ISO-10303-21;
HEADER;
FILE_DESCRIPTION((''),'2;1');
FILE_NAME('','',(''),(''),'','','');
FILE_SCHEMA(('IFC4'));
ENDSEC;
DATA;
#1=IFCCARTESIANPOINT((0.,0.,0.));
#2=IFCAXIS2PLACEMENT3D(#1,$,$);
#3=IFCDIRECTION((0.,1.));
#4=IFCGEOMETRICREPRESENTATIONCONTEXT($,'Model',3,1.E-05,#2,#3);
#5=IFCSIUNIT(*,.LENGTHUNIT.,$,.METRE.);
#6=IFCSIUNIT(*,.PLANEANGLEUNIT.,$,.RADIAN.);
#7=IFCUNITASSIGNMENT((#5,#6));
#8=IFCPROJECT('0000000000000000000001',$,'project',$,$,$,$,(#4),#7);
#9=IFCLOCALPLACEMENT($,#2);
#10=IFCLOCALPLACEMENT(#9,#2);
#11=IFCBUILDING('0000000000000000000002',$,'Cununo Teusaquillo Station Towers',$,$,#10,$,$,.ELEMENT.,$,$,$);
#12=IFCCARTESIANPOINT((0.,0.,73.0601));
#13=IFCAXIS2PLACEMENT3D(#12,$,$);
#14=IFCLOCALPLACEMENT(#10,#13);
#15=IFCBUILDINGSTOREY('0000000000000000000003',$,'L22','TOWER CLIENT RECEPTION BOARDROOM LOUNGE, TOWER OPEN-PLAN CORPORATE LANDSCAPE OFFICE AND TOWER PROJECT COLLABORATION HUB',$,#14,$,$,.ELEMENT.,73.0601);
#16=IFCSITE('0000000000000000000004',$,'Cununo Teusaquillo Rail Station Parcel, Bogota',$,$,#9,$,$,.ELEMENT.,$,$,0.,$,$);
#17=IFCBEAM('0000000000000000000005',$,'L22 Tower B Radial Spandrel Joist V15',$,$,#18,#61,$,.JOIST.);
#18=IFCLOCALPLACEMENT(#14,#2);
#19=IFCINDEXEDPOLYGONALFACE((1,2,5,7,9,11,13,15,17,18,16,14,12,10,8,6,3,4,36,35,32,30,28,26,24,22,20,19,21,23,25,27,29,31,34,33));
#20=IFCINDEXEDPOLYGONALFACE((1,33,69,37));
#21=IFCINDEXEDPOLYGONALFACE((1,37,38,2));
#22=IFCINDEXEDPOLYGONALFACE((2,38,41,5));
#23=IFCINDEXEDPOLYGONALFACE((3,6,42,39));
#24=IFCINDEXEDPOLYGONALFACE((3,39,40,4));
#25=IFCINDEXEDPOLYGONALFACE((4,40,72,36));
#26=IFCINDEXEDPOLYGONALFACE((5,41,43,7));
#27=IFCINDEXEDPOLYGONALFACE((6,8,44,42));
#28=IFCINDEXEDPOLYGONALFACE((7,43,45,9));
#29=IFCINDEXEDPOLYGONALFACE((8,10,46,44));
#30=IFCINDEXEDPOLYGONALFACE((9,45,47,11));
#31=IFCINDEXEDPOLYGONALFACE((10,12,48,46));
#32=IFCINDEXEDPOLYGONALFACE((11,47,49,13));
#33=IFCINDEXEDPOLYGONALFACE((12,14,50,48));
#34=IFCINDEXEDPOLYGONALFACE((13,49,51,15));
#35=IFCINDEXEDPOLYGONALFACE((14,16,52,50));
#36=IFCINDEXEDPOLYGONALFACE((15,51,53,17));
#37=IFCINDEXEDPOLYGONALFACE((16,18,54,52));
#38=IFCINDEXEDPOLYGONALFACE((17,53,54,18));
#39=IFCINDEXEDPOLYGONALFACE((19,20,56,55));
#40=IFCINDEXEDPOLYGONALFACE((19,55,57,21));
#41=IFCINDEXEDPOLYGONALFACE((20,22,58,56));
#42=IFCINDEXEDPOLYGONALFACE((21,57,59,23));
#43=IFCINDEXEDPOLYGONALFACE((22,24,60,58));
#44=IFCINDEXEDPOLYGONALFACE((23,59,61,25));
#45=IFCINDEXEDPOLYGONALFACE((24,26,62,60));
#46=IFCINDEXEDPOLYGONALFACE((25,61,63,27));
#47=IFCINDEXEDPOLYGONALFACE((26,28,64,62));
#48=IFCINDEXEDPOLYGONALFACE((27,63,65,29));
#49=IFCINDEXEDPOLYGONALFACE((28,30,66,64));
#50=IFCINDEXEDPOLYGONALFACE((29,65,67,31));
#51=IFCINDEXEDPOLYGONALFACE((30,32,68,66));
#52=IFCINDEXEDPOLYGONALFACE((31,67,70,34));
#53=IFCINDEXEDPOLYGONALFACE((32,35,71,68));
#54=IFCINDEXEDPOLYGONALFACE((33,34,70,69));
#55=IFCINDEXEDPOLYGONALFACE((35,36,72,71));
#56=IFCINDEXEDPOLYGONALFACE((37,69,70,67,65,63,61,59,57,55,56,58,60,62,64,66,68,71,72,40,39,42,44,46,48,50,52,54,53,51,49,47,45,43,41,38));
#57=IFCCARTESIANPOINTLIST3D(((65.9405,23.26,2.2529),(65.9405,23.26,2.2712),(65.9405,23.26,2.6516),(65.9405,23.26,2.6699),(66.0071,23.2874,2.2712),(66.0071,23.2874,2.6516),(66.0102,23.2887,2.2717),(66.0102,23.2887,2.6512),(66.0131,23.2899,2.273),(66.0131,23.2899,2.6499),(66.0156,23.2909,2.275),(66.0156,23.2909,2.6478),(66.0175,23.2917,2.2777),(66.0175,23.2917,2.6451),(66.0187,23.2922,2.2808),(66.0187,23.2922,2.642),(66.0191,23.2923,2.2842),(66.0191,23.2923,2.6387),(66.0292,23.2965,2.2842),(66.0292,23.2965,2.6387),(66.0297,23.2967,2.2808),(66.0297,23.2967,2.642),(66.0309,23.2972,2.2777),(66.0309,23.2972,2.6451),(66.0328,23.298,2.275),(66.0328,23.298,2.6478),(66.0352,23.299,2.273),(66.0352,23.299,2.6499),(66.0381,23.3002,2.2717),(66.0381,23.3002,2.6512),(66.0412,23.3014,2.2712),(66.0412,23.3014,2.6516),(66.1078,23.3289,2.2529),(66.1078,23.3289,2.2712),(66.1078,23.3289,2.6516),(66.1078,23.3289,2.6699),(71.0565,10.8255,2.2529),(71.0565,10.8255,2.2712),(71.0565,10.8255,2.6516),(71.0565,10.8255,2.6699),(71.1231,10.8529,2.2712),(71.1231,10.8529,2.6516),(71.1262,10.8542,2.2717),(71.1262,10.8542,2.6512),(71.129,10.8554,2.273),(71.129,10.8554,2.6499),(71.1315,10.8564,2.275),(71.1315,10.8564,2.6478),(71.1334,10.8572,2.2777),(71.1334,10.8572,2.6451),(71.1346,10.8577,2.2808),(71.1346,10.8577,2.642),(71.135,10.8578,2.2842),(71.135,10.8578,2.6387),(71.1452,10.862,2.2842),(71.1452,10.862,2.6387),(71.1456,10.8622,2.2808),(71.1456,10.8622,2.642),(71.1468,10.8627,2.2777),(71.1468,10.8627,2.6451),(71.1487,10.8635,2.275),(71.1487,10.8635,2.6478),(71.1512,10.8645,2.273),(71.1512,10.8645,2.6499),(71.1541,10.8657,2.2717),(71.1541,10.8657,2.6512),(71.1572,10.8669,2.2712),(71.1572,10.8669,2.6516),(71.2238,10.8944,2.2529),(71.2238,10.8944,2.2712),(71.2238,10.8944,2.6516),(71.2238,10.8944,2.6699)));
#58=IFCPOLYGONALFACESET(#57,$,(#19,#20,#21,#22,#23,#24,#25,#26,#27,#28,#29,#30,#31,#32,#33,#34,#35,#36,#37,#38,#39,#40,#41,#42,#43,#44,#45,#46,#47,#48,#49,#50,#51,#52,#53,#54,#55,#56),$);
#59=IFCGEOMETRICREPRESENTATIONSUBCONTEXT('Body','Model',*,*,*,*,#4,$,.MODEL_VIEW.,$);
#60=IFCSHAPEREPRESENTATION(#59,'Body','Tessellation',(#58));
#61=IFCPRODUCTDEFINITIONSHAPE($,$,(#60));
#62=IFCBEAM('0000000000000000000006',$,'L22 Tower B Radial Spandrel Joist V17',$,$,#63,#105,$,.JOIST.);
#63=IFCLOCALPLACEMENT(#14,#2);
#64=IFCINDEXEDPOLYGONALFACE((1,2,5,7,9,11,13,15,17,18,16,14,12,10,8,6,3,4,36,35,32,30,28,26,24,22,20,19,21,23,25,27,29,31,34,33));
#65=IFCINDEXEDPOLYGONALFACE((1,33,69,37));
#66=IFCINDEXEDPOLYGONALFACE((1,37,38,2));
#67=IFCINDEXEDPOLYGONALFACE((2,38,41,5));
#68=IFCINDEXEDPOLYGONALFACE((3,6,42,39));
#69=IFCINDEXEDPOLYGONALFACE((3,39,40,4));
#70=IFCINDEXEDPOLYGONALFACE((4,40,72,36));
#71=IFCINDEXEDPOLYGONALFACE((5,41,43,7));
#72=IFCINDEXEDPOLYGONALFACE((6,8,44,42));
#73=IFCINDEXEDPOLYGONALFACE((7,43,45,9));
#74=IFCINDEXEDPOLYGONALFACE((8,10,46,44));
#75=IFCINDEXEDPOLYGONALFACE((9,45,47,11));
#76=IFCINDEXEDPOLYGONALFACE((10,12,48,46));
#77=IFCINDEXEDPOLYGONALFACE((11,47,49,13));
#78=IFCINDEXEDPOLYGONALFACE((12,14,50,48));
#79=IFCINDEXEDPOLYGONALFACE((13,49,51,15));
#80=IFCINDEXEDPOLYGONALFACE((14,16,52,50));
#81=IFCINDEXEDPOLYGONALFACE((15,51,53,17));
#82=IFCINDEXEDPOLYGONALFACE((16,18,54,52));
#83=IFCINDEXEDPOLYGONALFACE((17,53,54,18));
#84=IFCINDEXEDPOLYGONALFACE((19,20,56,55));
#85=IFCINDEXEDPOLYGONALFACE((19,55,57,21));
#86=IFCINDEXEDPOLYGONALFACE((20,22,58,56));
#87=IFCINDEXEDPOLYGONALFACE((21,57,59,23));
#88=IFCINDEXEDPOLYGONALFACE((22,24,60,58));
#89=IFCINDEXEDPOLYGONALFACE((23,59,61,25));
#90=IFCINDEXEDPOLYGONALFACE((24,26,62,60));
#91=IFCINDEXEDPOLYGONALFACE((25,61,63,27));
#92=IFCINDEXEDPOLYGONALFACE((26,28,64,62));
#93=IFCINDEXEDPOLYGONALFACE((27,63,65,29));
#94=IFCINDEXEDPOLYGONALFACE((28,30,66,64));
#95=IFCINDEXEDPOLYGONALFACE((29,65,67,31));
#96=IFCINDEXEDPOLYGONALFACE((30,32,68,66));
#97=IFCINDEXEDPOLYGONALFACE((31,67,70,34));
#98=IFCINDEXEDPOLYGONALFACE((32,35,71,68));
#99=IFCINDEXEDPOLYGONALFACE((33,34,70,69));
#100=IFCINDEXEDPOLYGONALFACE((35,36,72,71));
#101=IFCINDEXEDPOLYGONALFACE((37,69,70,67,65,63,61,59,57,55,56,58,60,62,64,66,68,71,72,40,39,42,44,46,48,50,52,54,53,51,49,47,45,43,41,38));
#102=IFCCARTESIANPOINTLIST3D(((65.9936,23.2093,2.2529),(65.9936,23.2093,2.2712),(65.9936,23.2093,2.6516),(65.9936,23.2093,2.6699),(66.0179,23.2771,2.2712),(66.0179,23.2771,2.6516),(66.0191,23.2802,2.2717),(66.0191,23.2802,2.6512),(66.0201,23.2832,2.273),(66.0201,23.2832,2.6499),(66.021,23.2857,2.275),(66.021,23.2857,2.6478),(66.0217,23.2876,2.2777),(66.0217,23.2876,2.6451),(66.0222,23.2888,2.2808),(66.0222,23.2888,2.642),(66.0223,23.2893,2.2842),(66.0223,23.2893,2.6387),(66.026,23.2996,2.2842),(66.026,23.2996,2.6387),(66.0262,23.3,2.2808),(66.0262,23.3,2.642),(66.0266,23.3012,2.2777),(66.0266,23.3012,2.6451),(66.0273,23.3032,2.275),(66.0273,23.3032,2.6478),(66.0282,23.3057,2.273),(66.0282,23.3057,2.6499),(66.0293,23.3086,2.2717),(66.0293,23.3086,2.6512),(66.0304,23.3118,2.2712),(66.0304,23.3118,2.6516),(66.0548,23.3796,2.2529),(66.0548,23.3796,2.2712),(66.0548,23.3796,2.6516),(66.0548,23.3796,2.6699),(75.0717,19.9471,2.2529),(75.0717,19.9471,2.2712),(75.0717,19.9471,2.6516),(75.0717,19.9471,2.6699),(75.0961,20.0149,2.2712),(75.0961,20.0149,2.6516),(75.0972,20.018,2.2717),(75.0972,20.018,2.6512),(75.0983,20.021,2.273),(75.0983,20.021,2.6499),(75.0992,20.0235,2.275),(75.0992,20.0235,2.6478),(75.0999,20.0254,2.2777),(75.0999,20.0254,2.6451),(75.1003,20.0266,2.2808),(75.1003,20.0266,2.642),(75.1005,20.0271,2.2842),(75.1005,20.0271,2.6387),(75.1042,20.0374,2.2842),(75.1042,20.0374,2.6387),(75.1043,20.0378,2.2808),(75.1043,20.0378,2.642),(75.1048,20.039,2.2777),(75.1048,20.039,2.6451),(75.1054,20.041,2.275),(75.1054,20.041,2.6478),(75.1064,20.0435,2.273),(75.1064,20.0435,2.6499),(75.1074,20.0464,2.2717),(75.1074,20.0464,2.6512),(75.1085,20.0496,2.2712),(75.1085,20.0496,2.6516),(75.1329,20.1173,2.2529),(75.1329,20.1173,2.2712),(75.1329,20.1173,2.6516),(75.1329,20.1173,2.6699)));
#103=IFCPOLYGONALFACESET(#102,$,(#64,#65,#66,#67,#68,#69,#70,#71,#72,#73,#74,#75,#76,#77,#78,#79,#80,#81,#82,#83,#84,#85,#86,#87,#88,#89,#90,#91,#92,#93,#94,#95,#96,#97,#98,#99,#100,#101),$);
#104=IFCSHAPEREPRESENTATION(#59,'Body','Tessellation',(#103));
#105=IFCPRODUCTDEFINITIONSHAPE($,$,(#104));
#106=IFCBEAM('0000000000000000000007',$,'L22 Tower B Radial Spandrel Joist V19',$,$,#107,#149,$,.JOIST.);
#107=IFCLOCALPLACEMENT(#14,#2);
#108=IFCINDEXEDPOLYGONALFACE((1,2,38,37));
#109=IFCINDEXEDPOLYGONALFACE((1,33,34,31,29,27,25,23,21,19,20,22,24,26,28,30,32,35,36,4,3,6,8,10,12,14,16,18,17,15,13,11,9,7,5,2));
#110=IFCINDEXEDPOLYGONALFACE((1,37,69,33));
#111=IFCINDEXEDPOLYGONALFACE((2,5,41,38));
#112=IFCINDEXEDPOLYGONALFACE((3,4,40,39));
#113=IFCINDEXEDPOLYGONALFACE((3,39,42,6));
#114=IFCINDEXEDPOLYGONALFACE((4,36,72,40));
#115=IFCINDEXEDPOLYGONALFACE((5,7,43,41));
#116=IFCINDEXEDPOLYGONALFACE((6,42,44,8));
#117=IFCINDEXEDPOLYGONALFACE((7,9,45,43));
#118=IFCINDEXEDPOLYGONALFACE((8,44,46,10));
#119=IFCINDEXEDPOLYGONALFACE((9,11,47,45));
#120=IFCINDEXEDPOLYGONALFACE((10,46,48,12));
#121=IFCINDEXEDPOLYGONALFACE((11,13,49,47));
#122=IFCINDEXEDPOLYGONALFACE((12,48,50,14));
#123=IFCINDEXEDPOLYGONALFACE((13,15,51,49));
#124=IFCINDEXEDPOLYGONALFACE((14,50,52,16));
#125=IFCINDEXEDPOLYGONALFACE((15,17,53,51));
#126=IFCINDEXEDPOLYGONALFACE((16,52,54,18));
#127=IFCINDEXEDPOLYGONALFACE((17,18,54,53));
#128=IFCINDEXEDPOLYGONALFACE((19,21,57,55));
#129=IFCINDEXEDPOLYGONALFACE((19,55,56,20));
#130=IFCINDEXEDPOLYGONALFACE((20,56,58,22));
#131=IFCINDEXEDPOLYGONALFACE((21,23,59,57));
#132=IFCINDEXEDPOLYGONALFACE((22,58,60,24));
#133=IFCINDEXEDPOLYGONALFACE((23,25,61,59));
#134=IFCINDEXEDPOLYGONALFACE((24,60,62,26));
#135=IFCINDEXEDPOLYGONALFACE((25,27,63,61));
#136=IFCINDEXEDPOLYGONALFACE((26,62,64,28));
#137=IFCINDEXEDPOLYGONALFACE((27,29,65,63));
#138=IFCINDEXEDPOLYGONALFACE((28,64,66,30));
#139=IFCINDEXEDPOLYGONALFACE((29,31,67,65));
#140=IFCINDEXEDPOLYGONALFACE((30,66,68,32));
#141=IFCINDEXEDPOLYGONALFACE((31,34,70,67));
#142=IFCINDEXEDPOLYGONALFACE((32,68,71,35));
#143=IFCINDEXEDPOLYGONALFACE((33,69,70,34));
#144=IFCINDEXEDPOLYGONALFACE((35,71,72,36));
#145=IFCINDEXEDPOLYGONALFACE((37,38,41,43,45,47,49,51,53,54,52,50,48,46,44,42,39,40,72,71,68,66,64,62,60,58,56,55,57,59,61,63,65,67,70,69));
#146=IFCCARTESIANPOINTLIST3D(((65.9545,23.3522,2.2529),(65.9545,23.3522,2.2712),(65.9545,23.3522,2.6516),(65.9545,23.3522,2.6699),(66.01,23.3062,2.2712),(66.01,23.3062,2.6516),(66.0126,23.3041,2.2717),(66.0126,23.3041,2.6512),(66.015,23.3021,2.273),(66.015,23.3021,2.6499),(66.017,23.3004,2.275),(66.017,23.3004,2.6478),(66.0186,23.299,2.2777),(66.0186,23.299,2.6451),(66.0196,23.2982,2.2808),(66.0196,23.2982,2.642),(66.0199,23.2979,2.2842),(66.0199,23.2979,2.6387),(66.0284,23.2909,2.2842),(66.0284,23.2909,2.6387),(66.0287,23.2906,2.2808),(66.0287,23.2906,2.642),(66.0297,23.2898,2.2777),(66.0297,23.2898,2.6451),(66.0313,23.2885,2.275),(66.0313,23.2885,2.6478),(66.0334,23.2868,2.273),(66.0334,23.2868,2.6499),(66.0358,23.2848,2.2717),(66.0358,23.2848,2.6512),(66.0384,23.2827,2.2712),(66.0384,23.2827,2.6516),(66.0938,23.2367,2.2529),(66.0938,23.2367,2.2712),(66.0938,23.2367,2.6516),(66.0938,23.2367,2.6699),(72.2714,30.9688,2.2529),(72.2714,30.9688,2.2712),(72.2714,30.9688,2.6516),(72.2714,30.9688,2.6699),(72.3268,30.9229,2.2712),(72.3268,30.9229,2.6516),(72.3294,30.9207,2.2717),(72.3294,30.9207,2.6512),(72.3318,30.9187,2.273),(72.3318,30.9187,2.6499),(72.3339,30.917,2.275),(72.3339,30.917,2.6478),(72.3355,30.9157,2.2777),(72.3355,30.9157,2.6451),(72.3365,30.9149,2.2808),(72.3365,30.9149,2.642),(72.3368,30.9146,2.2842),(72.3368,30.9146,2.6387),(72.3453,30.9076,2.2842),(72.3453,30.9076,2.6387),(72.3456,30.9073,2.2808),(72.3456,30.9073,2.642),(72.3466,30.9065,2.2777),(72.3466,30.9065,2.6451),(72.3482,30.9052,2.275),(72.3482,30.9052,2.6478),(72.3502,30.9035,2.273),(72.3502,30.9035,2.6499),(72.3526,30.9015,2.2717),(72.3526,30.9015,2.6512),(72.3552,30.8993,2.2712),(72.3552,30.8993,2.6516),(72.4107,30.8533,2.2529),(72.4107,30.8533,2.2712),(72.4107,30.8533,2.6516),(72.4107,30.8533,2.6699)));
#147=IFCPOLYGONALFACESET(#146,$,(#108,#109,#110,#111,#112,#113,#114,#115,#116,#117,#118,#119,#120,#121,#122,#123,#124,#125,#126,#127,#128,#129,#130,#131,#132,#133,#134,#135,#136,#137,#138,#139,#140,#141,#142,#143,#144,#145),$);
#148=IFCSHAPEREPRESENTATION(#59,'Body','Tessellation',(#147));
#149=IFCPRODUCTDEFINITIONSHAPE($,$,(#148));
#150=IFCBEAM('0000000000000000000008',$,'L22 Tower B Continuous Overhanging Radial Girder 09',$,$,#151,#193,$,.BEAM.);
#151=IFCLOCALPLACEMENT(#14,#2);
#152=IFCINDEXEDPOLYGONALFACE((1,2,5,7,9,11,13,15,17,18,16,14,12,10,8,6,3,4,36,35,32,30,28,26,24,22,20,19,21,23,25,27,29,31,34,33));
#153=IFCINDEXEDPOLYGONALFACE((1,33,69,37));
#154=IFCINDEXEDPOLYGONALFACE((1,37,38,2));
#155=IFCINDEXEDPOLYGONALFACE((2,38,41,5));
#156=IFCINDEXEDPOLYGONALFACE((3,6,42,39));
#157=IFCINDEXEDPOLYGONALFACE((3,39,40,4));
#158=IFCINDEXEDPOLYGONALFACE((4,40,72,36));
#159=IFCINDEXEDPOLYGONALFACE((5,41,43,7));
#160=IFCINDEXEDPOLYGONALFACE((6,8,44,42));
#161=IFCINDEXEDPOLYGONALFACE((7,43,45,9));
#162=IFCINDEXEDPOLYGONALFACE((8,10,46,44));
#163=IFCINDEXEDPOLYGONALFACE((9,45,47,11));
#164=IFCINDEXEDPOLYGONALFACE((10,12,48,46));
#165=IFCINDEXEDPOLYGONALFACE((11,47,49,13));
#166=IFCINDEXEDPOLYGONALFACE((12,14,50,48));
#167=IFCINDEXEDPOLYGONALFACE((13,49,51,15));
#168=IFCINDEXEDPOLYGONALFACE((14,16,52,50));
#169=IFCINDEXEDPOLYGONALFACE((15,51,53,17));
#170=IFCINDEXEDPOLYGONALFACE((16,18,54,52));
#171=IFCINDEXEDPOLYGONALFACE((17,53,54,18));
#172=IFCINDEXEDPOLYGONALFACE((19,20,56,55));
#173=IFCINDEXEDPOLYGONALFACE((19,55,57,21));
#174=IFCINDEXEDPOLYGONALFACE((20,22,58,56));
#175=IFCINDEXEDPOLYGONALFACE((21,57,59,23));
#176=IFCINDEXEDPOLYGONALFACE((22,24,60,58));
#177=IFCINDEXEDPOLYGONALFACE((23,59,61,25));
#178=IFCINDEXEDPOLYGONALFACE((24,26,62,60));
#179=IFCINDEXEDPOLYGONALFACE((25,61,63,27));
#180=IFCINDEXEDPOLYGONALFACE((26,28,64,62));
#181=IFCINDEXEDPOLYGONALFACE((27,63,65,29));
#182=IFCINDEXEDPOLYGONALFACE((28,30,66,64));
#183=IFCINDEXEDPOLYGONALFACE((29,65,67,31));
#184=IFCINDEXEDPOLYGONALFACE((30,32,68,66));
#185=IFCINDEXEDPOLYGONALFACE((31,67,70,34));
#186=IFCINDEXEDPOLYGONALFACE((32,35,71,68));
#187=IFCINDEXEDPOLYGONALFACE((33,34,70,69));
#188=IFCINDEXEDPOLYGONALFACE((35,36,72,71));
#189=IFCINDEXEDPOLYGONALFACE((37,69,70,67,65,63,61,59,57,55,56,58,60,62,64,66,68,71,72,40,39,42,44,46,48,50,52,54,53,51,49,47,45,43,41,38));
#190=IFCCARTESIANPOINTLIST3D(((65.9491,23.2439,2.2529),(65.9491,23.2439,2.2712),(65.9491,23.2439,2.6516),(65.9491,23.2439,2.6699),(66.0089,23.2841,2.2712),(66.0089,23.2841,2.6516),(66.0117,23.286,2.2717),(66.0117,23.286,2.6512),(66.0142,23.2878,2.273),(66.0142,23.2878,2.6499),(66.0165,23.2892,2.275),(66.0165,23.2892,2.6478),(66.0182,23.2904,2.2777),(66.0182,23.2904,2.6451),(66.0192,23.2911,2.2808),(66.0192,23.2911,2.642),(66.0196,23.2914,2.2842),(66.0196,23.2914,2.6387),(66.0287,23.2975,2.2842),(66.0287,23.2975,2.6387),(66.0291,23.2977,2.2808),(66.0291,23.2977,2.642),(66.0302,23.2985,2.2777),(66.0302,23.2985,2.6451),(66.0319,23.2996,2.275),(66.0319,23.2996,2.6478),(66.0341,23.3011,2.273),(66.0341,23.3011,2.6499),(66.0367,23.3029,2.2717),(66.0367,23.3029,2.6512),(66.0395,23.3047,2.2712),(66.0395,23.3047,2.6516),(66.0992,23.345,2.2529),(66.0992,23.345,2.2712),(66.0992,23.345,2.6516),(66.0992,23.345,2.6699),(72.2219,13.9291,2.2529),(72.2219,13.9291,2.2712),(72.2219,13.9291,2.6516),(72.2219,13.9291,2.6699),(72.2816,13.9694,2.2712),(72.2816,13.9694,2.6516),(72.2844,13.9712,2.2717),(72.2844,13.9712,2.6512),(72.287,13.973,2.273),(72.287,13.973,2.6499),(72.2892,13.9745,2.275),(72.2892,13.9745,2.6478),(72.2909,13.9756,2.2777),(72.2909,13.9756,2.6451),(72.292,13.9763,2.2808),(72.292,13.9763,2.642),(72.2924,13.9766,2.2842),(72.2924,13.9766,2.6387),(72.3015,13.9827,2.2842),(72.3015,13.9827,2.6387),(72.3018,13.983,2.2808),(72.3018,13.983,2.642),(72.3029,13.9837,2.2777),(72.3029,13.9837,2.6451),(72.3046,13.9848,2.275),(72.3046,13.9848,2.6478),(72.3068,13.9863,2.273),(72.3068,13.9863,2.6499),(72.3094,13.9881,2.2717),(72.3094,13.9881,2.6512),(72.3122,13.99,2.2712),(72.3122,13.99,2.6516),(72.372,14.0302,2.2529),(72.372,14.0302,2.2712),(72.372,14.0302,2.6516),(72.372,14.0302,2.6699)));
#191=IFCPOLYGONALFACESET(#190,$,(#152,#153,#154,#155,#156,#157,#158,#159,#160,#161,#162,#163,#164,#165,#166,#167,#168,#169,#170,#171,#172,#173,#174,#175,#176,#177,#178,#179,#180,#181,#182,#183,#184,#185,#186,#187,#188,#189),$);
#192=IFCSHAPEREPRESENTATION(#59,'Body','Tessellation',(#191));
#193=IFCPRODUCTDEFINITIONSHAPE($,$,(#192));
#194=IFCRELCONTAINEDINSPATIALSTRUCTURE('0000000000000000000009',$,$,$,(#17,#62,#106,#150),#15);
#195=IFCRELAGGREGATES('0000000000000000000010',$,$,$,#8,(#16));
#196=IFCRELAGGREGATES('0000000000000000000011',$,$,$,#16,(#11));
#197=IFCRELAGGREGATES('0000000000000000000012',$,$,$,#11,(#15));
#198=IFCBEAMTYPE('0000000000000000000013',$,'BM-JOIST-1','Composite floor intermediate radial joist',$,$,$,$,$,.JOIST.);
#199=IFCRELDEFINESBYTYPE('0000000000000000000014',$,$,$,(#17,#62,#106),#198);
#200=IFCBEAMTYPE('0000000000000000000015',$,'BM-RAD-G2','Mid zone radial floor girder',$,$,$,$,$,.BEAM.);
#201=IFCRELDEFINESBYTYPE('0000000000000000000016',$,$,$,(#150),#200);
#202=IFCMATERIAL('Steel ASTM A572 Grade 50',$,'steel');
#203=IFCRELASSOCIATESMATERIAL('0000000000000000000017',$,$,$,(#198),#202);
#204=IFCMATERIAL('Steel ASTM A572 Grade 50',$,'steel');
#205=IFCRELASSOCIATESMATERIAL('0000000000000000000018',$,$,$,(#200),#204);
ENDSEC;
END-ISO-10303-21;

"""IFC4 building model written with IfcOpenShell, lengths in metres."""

from ifc_helpers import new_model, si_unit, direction, frame, origin, origin_2d, place, context, subcontext, project, spatial, i_section, extrude, material, material_profile, profile_set, type_object, element, save


model = new_model("IFC4")

# Units and contexts
model_context = context("Model", 3, precision=1e-05, world=origin(), true_north=direction((0.0, 1.0)))
body_context = subcontext(model_context, "Body", "Model", "MODEL_VIEW")
ifc_project = project(units=[si_unit("LENGTHUNIT", "METRE"), si_unit("PLANEANGLEUNIT", "RADIAN")], contexts=[model_context])

# Site, building, storey
site_placement = place(None, origin())
site = spatial("IfcSite", under=ifc_project, at=site_placement, Name="Cununo Teusaquillo Rail Station Parcel, Bogota", CompositionType="ELEMENT", RefElevation=0.0)
building_placement = place(site_placement, origin())
building = spatial("IfcBuilding", under=site, at=building_placement, Name="Cununo Teusaquillo Station Towers", CompositionType="ELEMENT")
storey_placement = place(building_placement, frame((0.0, 0.0, 73.0601)))
storey = spatial("IfcBuildingStorey", under=building, at=storey_placement, Name="L22", Description="TOWER CLIENT RECEPTION BOARDROOM LOUNGE, TOWER OPEN-PLAN CORPORATE LANDSCAPE OFFICE AND TOWER PROJECT COLLABORATION HUB", CompositionType="ELEMENT", Elevation=73.0601)

# Beams
ifc_material_1 = material(Name="Steel ASTM A572 Grade 50", Category="steel")
ifc_material_profile_1 = material_profile(ifc_material_1, i_section(OverallWidth=0.1809, OverallDepth=0.417, WebThickness=0.011, FlangeThickness=0.0183, FilletRadius=0.0129, at=origin_2d()), Name="W16X57")
ifc_profile_set_1 = profile_set([ifc_material_profile_1], Name="Steel ASTM A572 Grade 50")
beam_type_1 = type_object("IfcBeamType", Name="BM-JOIST-1", Description="Composite floor intermediate radial joist", PredefinedType="JOIST", material=ifc_profile_set_1)
beam_1_placement = place(storey_placement, frame((66.0242, 23.2944, 2.4614), z_axis=(0.380486, -0.924787, 0.0), x_axis=(0.924787, 0.380486, 0.0)))
element("IfcBeam", 1, at=beam_1_placement, inside=storey, type_object=beam_type_1, Name="L22 Tower B Radial Spandrel Joist V15", PredefinedType="JOIST", context=body_context, shape_type="SweptSolid", body=[
    extrude(i_section(OverallWidth=0.1809, OverallDepth=0.417, WebThickness=0.011, FlangeThickness=0.0183, FilletRadius=0.0129, at=origin_2d()), origin(), (0.0, 0.0, 1.0), 13.4458),
])
beam_2_placement = place(storey_placement, frame((66.0242, 23.2944, 2.4614), z_axis=(0.941083, -0.338176, 0.0), x_axis=(0.338176, 0.941083, 0.0)))
element("IfcBeam", 2, at=beam_2_placement, inside=storey, type_object=beam_type_1, Name="L22 Tower B Radial Spandrel Joist V17", PredefinedType="JOIST", context=body_context, shape_type="SweptSolid", body=[
    extrude(i_section(OverallWidth=0.1809, OverallDepth=0.417, WebThickness=0.011, FlangeThickness=0.0183, FilletRadius=0.0129, at=origin_2d()), origin(), (0.0, 0.0, 1.0), 9.6465),
])
beam_3_placement = place(storey_placement, frame((66.0242, 23.2944, 2.4614), z_axis=(0.638372, 0.769728, 0.0), x_axis=(-0.769728, 0.638372, 0.0)))
element("IfcBeam", 3, at=beam_3_placement, inside=storey, type_object=beam_type_1, Name="L22 Tower B Radial Spandrel Joist V19", PredefinedType="JOIST", context=body_context, shape_type="SweptSolid", body=[
    extrude(i_section(OverallWidth=0.1809, OverallDepth=0.417, WebThickness=0.011, FlangeThickness=0.0183, FilletRadius=0.0129, at=origin_2d()), origin(), (0.0, 0.0, 1.0), 9.8953),
])
ifc_material_2 = material(Name="Steel ASTM A572 Grade 50", Category="steel")
ifc_material_profile_2 = material_profile(ifc_material_2, i_section(OverallWidth=0.1809, OverallDepth=0.417, WebThickness=0.011, FlangeThickness=0.0183, FilletRadius=0.0129, at=origin_2d()), Name="W16X57")
ifc_profile_set_2 = profile_set([ifc_material_profile_2], Name="Steel ASTM A572 Grade 50")
beam_type_2 = type_object("IfcBeamType", Name="BM-RAD-G2", Description="Mid zone radial floor girder", PredefinedType="BEAM", material=ifc_profile_set_2)
beam_4_placement = place(storey_placement, frame((66.0242, 23.2944, 2.4614), z_axis=(0.558572, -0.829456, 0.0), x_axis=(0.829456, 0.558572, 0.0)))
element("IfcBeam", 4, at=beam_4_placement, inside=storey, type_object=beam_type_2, Name="L22 Tower B Continuous Overhanging Radial Girder 09", PredefinedType="BEAM", context=body_context, shape_type="SweptSolid", body=[
    extrude(i_section(OverallWidth=0.1809, OverallDepth=0.417, WebThickness=0.011, FlangeThickness=0.0183, FilletRadius=0.0129, at=origin_2d()), origin(), (0.0, 0.0, 1.0), 11.23),
])

save(model, "model.ifc")
